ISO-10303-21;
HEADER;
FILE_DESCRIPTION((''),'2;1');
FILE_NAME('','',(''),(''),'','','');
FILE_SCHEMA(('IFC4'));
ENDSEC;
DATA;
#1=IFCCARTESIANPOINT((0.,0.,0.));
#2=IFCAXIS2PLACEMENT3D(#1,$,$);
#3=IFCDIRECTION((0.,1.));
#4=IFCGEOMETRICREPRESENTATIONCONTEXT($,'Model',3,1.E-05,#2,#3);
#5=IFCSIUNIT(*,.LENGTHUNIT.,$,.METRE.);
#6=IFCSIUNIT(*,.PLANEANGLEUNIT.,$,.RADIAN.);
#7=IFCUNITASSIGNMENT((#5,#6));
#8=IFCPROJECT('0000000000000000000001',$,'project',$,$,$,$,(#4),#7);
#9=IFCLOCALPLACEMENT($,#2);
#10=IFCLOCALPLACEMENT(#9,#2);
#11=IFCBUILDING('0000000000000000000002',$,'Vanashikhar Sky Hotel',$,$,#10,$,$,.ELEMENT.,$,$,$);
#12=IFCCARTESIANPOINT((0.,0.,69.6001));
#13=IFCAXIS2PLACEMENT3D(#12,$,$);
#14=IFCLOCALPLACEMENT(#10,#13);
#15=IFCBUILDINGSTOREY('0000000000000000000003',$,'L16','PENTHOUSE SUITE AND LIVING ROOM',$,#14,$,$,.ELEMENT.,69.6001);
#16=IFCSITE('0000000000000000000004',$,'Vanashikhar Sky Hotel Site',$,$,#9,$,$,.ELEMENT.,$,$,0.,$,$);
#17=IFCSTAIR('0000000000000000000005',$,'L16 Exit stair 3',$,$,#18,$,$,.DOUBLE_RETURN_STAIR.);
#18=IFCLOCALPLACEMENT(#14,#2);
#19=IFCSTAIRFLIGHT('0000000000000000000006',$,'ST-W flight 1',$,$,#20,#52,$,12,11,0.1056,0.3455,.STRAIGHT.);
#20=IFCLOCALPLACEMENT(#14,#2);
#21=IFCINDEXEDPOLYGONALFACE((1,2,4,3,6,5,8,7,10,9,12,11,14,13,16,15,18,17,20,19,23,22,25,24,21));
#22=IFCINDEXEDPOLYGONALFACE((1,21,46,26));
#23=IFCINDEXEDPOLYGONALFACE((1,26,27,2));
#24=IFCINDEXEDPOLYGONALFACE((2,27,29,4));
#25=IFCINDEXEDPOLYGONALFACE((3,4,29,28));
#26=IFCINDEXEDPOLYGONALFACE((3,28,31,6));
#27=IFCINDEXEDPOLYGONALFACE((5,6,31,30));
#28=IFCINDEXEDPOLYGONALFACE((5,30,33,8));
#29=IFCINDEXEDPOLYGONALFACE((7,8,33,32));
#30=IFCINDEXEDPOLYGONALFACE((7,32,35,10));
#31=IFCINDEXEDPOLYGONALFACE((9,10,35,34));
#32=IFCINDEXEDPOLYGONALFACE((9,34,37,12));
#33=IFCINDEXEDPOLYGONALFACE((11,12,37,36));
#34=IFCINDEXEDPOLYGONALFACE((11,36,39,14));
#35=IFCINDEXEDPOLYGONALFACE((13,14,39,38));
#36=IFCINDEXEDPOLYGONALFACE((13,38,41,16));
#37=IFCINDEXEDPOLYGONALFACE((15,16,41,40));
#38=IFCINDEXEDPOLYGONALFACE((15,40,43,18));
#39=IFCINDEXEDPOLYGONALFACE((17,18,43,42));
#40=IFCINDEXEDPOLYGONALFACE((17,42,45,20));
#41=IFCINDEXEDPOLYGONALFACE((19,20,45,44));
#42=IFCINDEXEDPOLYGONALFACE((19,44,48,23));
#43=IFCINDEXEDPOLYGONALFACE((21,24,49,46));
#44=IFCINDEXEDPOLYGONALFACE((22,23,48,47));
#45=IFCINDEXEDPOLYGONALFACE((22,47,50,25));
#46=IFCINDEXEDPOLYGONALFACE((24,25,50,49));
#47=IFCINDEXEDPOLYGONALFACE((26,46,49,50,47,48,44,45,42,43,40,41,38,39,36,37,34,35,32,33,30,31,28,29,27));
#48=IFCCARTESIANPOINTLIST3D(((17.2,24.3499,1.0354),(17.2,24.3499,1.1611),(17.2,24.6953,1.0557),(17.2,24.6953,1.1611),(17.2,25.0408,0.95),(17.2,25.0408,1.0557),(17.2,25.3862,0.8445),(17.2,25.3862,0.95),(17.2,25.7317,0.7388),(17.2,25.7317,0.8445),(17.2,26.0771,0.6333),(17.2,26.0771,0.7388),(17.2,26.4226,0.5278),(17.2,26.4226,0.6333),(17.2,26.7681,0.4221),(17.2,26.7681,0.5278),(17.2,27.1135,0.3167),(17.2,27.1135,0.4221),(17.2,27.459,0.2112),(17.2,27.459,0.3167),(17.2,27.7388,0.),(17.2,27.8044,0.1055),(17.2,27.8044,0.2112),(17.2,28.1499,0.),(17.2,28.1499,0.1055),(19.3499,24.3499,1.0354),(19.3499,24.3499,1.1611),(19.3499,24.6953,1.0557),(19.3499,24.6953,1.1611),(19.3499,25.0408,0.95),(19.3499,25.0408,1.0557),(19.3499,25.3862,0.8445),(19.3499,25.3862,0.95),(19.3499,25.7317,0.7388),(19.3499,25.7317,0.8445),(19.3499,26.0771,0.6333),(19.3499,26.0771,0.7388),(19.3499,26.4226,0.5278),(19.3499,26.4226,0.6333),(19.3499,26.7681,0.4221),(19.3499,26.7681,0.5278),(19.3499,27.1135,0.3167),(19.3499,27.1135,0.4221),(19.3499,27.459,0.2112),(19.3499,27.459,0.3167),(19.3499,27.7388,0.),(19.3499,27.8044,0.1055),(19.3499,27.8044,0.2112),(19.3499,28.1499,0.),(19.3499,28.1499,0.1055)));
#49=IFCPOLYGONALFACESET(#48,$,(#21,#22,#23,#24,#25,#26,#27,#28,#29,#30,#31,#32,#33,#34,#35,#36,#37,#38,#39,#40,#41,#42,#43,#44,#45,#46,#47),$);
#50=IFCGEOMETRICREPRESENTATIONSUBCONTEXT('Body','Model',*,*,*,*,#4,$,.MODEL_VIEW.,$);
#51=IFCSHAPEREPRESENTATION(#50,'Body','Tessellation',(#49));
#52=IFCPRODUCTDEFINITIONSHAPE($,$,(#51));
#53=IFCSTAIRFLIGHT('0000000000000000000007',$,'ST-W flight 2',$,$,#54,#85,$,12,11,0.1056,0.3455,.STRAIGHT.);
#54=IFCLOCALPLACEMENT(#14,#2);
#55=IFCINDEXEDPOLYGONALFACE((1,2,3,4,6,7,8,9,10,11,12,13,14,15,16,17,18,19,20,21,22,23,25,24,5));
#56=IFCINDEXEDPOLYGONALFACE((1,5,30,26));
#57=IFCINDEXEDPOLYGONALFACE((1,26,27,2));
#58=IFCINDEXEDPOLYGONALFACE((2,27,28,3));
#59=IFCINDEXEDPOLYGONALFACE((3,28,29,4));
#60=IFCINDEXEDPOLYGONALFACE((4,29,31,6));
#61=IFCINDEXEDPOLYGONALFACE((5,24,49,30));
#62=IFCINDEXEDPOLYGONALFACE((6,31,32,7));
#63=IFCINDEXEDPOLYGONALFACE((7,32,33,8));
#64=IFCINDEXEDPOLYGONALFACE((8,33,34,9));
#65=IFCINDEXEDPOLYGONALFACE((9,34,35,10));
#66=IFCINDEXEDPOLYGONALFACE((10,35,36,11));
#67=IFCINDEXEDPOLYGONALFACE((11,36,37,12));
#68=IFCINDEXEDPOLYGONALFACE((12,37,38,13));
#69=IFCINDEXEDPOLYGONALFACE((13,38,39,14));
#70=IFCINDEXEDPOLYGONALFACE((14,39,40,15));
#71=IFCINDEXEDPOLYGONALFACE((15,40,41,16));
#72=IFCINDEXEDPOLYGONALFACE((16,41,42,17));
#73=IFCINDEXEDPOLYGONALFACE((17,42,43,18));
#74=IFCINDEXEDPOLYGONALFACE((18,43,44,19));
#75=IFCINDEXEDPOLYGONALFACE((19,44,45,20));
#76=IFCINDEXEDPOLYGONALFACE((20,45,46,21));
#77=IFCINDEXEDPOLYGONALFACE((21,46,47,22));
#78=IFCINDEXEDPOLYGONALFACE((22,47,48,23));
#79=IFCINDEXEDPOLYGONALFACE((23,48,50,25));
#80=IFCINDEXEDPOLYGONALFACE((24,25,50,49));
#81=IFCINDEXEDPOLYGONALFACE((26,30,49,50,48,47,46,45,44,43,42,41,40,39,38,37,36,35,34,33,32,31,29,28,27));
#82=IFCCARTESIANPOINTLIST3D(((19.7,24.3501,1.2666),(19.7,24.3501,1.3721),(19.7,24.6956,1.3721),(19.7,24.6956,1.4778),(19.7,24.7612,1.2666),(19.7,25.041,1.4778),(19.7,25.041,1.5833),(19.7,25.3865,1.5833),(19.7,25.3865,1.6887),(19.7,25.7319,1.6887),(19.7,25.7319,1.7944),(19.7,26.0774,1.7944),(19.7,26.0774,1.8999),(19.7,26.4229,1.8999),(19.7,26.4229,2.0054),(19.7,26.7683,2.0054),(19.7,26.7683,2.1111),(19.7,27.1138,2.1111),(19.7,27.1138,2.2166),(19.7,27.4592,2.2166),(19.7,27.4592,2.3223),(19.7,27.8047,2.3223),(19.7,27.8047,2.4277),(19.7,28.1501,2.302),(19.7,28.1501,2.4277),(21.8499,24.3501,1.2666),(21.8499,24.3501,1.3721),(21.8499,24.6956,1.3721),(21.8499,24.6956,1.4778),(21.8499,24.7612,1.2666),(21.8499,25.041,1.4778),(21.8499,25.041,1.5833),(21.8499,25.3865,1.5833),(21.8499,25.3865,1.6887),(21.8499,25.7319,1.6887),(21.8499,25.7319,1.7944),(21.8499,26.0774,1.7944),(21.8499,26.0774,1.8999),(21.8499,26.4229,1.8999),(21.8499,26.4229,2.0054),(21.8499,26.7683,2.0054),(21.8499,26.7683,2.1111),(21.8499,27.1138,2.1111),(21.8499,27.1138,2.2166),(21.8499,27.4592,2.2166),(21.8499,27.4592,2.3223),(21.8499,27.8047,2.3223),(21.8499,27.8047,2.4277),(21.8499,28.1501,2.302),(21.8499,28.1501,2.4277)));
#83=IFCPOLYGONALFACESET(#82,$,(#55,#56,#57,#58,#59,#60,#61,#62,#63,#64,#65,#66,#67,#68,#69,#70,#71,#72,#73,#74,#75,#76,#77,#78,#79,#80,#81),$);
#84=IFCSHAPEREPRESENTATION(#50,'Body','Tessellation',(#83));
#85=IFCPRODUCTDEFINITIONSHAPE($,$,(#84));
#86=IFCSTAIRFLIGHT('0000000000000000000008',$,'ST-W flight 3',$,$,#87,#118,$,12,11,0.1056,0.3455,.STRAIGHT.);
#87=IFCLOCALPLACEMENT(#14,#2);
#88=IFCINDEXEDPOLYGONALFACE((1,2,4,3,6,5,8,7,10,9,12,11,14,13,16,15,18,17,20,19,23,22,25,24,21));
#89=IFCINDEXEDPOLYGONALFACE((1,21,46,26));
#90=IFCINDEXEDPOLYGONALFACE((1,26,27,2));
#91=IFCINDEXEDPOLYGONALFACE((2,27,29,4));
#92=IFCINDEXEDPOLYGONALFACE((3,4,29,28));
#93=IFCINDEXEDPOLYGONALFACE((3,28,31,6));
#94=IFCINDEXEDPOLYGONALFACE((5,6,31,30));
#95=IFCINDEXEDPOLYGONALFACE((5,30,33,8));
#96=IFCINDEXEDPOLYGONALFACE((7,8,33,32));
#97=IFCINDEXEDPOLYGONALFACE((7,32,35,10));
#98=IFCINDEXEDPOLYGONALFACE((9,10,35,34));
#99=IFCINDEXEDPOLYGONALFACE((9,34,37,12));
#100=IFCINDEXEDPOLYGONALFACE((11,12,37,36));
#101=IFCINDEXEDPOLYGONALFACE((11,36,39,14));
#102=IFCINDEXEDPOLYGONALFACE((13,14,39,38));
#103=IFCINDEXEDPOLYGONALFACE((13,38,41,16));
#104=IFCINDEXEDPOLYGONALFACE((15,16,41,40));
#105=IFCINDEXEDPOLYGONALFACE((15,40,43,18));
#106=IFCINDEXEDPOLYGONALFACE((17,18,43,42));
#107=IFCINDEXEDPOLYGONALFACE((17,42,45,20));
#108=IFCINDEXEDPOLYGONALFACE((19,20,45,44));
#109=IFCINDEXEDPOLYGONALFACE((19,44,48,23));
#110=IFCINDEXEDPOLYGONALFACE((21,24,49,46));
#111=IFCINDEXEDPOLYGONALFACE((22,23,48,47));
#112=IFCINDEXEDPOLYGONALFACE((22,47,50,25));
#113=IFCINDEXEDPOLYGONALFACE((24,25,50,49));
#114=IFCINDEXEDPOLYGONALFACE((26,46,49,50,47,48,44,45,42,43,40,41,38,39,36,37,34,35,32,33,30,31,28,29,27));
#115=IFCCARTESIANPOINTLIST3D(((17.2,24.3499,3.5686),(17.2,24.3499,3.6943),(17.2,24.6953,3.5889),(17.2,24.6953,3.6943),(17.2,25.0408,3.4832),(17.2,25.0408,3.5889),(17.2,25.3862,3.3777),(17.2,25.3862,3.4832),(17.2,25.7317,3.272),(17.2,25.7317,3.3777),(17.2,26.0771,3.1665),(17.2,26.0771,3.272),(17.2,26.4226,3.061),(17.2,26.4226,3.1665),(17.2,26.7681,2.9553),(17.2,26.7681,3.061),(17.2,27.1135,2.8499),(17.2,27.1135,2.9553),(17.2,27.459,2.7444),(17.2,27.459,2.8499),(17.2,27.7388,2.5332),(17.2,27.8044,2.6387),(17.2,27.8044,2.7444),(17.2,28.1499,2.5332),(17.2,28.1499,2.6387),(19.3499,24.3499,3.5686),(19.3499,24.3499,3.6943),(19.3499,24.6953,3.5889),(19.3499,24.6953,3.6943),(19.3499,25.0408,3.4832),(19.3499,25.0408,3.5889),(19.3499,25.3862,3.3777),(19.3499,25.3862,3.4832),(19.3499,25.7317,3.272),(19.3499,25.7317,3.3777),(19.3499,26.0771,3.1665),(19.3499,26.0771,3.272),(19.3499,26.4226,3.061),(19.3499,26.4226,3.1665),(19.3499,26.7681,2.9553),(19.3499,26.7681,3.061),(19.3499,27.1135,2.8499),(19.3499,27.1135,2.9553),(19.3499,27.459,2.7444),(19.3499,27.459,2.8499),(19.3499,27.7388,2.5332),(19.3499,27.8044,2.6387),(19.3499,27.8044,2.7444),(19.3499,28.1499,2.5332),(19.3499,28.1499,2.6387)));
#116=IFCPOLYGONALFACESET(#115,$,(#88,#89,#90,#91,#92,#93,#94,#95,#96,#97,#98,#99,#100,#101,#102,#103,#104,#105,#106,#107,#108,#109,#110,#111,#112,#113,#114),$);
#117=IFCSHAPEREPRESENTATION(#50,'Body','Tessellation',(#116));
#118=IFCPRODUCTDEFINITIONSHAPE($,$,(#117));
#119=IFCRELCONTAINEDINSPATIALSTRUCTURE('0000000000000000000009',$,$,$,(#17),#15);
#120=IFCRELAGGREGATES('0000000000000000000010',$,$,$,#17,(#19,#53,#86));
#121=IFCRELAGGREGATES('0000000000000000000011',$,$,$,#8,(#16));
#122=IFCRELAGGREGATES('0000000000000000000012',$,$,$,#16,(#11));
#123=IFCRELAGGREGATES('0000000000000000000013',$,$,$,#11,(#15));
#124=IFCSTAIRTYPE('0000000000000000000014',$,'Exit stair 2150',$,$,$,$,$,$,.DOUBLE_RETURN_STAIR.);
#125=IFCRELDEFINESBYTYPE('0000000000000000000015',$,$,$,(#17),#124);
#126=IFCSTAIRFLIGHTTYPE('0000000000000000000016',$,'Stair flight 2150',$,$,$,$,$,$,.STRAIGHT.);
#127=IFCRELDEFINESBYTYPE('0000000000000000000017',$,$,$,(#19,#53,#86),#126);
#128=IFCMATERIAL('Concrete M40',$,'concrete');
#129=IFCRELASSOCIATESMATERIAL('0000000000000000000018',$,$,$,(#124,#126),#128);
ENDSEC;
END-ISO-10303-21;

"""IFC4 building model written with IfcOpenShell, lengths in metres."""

from ifc_helpers import new_model, si_unit, direction, frame, origin, place, context, subcontext, project, spatial, polyline, outline, extrude, source, transform, mapped, material, type_object, element, aggregate, save


model = new_model("IFC4")

# Units and contexts
model_context = context("Model", 3, precision=1e-05, world=origin(), true_north=direction((0.0, 1.0)))
body_context = subcontext(model_context, "Body", "Model", "MODEL_VIEW")
ifc_project = project(units=[si_unit("LENGTHUNIT", "METRE"), si_unit("PLANEANGLEUNIT", "RADIAN")], contexts=[model_context])

# Site, building, storey
site_placement = place(None, origin())
site = spatial("IfcSite", under=ifc_project, at=site_placement, Name="Vanashikhar Sky Hotel Site", CompositionType="ELEMENT", RefElevation=0.0)
building_placement = place(site_placement, origin())
building = spatial("IfcBuilding", under=site, at=building_placement, Name="Vanashikhar Sky Hotel", CompositionType="ELEMENT")
storey_placement = place(building_placement, frame((0.0, 0.0, 69.6001)))
storey = spatial("IfcBuildingStorey", under=building, at=storey_placement, Name="L16", Description="PENTHOUSE SUITE AND LIVING ROOM", CompositionType="ELEMENT", Elevation=69.6001)

# Stair, stair flights
ifc_material_1 = material(Name="Concrete M40", Category="concrete")
stair_type = type_object("IfcStairType", Name="Exit stair 2150", PredefinedType="DOUBLE_RETURN_STAIR", material=ifc_material_1)
stair_placement = place(storey_placement, origin())
stair = element("IfcStair", 1, at=stair_placement, inside=storey, type_object=stair_type, Name="L16 Exit stair 3", PredefinedType="DOUBLE_RETURN_STAIR")
stair_flight_type = type_object("IfcStairFlightType", Name="Stair flight 2150", PredefinedType="STRAIGHT", material=ifc_material_1)
shared_shape_1 = source(origin(), body_context, "Body", "SweptSolid", [
    extrude(outline(polyline([(0.0, 0.0), (0.0, 0.1055), (0.3455, 0.1055), (0.3455, 0.2112), (0.6909, 0.2112), (0.6909, 0.3167), (1.0364, 0.3167), (1.0364, 0.4221), (1.3818, 0.4221), (1.3818, 0.5278), (1.7273, 0.5278), (1.7273, 0.6333), (2.0728, 0.6333), (2.0728, 0.7388), (2.4182, 0.7388), (2.4182, 0.8445), (2.7637, 0.8445), (2.7637, 0.95), (3.1091, 0.95), (3.1091, 1.0557), (3.4546, 1.0557), (3.4546, 1.1611), (3.8, 1.1611), (3.8, 1.2666), (3.8, 1.0354), (0.4111, 0.0), (0.0, 0.0)])), frame((0.0, 1.075, 0.0), z_axis=(0.0, -1.0, 0.0), x_axis=(1.0, 0.0, 0.0)), (0.0, 0.0, 1.0), 2.1499),
])
stair_flight_1_placement = place(storey_placement, frame((18.2749, 28.1499, 0.0), z_axis=(0.0, 0.0, 1.0), x_axis=(0.0, -1.0, 0.0)))
stair_flight_1 = element("IfcStairFlight", 2, at=stair_flight_1_placement, type_object=stair_flight_type, Name="ST-W flight 1", NumberOfRisers=12, NumberOfTreads=11, PredefinedType="STRAIGHT", RiserHeight=0.1056, TreadLength=0.3455, context=body_context, shape_type="MappedRepresentation", body=[
    mapped(shared_shape_1, transform((0.0, 0.0, 0.0), scale=1.0)),
])
stair_flight_2_placement = place(storey_placement, frame((20.7749, 24.3501, 1.2666), z_axis=(0.0, 0.0, 1.0), x_axis=(0.0, 1.0, 0.0)))
stair_flight_2 = element("IfcStairFlight", 3, at=stair_flight_2_placement, type_object=stair_flight_type, Name="ST-W flight 2", NumberOfRisers=12, NumberOfTreads=11, PredefinedType="STRAIGHT", RiserHeight=0.1056, TreadLength=0.3455, context=body_context, shape_type="MappedRepresentation", body=[
    mapped(shared_shape_1, transform((0.0, 0.0, 0.0), scale=1.0)),
])
stair_flight_3_placement = place(storey_placement, frame((18.2749, 28.1499, 2.5332), z_axis=(0.0, 0.0, 1.0), x_axis=(0.0, -1.0, 0.0)))
stair_flight_3 = element("IfcStairFlight", 4, at=stair_flight_3_placement, type_object=stair_flight_type, Name="ST-W flight 3", NumberOfRisers=12, NumberOfTreads=11, PredefinedType="STRAIGHT", RiserHeight=0.1056, TreadLength=0.3455, context=body_context, shape_type="MappedRepresentation", body=[
    mapped(shared_shape_1, transform((0.0, 0.0, 0.0), scale=1.0)),
])
aggregate(stair, [stair_flight_1, stair_flight_2, stair_flight_3])

save(model, "model.ifc")
